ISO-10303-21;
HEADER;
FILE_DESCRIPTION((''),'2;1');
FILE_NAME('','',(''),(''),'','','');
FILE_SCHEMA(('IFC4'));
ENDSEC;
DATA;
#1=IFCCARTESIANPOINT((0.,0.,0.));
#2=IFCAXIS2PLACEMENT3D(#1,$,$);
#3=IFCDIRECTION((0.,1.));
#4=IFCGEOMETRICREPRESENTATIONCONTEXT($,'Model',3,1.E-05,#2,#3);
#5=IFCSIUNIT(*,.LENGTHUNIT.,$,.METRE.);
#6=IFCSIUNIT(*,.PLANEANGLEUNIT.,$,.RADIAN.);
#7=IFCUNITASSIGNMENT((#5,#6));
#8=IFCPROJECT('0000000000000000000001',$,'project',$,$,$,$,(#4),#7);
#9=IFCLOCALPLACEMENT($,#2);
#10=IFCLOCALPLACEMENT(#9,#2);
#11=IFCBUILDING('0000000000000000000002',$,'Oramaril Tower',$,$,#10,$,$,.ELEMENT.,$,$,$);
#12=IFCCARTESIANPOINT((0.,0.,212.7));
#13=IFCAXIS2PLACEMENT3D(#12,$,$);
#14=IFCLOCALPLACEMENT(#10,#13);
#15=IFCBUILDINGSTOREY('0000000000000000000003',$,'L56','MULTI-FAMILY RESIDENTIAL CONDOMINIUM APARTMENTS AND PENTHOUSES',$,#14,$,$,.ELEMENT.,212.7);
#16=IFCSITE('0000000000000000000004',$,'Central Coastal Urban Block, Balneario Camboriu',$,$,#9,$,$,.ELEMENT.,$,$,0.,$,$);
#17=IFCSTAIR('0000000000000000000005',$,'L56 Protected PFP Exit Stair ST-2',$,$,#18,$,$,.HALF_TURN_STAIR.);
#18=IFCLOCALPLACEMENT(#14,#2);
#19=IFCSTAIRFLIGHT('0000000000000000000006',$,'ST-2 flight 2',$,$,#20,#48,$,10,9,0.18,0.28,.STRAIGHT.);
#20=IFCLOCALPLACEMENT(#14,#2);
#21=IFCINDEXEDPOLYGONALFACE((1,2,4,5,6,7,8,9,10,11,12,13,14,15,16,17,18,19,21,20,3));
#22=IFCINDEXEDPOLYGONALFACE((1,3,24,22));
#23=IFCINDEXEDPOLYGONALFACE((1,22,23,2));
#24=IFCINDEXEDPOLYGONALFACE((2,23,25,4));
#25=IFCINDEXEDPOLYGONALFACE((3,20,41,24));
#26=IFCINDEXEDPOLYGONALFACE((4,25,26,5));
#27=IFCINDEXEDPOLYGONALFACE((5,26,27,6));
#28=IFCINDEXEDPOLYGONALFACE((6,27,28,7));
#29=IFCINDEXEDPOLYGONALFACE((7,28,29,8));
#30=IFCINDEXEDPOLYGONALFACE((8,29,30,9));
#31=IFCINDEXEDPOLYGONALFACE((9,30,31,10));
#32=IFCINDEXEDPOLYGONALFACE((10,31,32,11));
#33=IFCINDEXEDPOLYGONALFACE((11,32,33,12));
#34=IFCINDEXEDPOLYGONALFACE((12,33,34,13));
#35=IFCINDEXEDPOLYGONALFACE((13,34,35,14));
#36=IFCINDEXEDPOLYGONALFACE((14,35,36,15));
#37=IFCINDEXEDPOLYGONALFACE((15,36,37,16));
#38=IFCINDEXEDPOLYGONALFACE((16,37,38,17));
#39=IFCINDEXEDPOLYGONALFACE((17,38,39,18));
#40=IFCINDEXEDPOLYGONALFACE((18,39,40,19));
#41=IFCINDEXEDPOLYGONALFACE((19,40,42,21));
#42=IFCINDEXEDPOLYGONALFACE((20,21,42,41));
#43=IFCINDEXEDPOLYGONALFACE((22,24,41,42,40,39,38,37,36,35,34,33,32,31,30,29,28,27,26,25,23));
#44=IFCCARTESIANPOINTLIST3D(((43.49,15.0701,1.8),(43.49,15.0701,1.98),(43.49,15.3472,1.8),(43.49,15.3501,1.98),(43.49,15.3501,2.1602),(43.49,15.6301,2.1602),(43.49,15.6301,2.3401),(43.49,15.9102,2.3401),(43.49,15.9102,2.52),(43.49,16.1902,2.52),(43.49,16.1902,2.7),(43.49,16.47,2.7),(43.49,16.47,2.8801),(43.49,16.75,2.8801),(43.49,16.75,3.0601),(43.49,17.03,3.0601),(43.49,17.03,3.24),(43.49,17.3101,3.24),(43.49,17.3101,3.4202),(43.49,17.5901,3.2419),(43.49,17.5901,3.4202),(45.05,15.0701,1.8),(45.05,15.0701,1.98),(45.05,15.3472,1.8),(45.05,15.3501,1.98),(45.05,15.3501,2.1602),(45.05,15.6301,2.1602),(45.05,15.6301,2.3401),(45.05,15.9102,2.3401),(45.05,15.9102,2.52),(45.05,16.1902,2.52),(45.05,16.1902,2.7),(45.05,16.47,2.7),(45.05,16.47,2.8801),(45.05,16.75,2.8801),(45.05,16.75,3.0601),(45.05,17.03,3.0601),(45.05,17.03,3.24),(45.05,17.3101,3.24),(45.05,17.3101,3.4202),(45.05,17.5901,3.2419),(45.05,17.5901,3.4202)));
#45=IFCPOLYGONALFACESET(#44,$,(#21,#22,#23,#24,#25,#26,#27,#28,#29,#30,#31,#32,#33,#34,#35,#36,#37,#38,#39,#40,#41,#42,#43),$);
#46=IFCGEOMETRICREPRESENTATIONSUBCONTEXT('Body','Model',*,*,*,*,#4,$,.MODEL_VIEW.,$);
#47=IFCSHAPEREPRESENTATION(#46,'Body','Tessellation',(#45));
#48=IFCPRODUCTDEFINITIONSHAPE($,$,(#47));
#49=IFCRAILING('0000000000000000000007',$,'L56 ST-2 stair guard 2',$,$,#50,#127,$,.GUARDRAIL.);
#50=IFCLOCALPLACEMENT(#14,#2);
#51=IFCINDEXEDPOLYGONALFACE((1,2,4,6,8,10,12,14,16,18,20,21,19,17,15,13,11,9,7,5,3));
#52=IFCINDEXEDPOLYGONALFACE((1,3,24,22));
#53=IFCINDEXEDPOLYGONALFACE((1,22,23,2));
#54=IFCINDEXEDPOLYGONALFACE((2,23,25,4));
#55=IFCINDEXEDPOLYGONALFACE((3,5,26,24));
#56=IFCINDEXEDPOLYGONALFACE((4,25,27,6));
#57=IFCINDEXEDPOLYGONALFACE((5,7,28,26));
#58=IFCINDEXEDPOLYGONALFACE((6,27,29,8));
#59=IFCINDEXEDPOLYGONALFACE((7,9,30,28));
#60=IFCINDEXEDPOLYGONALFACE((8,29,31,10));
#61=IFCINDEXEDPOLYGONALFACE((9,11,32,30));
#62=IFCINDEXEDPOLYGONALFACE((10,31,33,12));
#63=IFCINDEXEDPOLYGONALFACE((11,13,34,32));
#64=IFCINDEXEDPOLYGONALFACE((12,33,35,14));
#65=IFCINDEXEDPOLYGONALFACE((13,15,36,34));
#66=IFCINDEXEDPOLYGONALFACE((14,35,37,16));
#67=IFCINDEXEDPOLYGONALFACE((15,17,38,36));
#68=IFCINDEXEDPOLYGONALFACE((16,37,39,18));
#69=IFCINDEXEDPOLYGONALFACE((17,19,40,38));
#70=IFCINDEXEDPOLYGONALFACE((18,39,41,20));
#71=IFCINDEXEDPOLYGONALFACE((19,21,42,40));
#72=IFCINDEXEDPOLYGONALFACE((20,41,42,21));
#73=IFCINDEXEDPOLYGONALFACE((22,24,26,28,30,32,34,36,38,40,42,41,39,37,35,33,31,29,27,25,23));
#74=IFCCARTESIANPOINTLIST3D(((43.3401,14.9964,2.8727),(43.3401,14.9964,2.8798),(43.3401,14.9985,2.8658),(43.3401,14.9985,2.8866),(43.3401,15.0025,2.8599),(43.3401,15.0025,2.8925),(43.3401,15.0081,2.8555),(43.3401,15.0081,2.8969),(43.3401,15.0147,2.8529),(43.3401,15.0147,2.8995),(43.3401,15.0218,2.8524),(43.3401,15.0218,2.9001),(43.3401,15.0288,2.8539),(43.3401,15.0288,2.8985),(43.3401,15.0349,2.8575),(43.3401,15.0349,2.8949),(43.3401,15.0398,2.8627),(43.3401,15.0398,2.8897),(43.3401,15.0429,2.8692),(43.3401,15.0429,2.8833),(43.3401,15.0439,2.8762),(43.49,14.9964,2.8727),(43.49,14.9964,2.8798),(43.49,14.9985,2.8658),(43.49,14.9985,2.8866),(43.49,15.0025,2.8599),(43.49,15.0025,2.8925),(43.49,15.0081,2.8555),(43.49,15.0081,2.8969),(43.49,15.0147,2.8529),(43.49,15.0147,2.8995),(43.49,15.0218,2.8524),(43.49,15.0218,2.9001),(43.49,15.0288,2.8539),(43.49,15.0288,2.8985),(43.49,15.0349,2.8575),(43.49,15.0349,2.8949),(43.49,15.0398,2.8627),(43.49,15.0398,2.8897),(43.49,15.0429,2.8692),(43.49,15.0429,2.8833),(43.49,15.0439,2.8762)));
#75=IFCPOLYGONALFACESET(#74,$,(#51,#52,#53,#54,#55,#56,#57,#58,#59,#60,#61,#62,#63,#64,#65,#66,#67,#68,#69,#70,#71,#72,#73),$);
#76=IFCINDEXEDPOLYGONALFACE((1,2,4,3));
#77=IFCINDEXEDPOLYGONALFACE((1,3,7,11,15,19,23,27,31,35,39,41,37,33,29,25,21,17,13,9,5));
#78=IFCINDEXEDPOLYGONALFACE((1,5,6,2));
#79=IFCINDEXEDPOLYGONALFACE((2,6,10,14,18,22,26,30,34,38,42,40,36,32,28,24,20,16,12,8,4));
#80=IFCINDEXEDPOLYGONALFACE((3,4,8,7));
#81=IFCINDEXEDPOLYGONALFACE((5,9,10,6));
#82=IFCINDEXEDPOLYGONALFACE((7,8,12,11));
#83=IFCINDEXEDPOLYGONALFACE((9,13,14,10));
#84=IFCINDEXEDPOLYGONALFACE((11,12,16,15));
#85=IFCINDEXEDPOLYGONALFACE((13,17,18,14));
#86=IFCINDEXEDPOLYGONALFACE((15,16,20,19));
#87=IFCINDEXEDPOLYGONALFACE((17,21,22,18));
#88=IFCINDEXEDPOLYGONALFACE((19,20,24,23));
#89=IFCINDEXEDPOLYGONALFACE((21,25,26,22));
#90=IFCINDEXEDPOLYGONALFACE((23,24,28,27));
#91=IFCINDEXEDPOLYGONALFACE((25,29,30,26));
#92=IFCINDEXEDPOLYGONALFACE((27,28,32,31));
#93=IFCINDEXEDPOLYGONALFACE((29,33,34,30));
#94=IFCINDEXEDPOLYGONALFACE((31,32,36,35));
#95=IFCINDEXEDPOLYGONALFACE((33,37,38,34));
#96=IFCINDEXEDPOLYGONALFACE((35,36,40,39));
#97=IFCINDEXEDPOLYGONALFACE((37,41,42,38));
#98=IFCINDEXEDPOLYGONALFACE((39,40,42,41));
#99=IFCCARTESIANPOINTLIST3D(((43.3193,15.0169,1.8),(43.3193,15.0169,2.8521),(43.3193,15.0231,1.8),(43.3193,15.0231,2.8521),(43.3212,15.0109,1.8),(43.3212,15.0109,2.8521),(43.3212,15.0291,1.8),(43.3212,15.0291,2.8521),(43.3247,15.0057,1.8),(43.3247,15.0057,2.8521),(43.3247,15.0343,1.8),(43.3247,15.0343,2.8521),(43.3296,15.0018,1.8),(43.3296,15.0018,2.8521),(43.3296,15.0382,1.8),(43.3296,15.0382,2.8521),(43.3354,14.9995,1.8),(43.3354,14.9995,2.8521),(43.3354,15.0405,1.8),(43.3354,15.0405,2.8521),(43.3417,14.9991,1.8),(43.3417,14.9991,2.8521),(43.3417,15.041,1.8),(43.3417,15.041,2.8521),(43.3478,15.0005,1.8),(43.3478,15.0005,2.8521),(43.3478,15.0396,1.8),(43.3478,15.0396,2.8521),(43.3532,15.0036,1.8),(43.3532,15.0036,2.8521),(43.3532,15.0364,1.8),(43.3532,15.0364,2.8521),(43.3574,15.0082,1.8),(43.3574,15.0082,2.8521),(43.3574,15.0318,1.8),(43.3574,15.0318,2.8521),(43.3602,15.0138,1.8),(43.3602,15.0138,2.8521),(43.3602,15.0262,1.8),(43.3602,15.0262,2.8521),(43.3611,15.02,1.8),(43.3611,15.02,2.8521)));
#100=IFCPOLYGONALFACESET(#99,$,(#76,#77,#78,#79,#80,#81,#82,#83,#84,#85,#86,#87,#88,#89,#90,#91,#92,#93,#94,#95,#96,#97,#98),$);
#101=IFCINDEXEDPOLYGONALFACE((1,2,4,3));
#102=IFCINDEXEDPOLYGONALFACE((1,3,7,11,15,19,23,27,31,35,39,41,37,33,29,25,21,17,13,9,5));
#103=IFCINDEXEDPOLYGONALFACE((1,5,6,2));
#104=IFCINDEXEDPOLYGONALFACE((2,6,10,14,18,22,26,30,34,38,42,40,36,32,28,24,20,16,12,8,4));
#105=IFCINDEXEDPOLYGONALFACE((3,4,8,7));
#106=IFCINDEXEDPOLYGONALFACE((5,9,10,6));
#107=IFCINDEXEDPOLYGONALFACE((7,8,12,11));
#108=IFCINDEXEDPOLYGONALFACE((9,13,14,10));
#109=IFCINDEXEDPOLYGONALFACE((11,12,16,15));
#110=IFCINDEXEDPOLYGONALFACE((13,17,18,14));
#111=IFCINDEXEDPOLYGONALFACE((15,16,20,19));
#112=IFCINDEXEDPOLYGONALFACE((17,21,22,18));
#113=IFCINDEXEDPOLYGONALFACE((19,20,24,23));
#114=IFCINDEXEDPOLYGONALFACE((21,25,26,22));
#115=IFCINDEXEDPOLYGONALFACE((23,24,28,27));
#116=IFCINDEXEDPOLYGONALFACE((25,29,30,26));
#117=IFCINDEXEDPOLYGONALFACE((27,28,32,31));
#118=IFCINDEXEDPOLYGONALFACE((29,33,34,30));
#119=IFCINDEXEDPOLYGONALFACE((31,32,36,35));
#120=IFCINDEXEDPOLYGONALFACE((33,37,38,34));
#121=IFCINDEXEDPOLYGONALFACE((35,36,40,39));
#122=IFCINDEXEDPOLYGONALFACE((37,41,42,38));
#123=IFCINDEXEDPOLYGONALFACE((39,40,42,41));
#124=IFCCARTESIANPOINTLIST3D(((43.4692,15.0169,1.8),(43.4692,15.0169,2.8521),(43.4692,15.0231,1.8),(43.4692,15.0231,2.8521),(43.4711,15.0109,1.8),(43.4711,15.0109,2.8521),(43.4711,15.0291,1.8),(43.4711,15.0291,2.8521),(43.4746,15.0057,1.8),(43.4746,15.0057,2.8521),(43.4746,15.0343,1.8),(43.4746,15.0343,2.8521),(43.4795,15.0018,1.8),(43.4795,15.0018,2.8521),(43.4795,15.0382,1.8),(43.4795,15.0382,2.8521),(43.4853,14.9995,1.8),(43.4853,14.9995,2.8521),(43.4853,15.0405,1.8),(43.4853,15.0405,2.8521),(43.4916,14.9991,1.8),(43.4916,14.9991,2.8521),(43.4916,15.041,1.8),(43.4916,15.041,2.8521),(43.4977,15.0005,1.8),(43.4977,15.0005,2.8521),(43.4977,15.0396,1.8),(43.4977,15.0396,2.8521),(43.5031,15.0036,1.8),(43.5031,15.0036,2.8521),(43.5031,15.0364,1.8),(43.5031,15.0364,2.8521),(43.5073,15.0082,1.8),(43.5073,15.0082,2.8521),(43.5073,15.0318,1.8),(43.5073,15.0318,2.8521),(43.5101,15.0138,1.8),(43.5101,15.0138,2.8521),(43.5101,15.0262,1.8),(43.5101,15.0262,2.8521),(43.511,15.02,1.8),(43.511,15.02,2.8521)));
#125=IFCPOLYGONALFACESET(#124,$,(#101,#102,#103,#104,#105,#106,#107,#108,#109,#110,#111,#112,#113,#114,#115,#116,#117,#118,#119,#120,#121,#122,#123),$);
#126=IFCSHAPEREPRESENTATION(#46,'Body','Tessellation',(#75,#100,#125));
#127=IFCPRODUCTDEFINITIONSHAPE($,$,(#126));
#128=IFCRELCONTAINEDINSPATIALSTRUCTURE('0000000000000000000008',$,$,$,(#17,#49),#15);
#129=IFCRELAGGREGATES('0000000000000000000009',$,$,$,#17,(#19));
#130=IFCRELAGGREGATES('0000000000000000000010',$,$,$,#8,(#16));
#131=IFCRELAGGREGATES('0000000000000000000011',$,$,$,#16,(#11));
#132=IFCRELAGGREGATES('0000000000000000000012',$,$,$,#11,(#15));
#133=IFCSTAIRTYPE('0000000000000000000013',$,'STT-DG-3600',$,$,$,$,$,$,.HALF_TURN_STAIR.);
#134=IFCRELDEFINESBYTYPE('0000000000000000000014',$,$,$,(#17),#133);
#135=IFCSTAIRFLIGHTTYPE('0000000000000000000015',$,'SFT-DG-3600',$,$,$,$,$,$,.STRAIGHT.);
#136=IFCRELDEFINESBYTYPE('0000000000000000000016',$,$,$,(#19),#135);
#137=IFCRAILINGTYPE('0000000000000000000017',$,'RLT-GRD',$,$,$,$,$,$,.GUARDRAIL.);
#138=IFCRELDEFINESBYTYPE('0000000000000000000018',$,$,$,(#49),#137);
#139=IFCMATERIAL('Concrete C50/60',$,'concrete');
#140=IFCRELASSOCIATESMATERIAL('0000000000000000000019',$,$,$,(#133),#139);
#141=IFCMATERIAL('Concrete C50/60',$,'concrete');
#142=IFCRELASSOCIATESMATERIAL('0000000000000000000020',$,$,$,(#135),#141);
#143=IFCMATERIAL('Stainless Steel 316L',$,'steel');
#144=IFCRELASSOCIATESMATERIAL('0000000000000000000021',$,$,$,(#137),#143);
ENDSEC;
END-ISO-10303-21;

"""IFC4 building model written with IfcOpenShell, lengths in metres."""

from ifc_helpers import new_model, si_unit, direction, frame, origin, origin_2d, place, context, subcontext, project, spatial, polyline, circle, outline, extrude, material, type_object, element, aggregate, save


model = new_model("IFC4")

# Units and contexts
model_context = context("Model", 3, precision=1e-05, world=origin(), true_north=direction((0.0, 1.0)))
body_context = subcontext(model_context, "Body", "Model", "MODEL_VIEW")
ifc_project = project(units=[si_unit("LENGTHUNIT", "METRE"), si_unit("PLANEANGLEUNIT", "RADIAN")], contexts=[model_context])

# Site, building, storey
site_placement = place(None, origin())
site = spatial("IfcSite", under=ifc_project, at=site_placement, Name="Central Coastal Urban Block, Balneario Camboriu", CompositionType="ELEMENT", RefElevation=0.0)
building_placement = place(site_placement, origin())
building = spatial("IfcBuilding", under=site, at=building_placement, Name="Oramaril Tower", CompositionType="ELEMENT")
storey_placement = place(building_placement, frame((0.0, 0.0, 212.7)))
storey = spatial("IfcBuildingStorey", under=building, at=storey_placement, Name="L56", Description="MULTI-FAMILY RESIDENTIAL CONDOMINIUM APARTMENTS AND PENTHOUSES", CompositionType="ELEMENT", Elevation=212.7)

# Stair, stair flight
ifc_material_1 = material(Name="Concrete C50/60", Category="concrete")
stair_type = type_object("IfcStairType", Name="STT-DG-3600", PredefinedType="HALF_TURN_STAIR", material=ifc_material_1)
stair_placement = place(storey_placement, origin())
stair = element("IfcStair", 1, at=stair_placement, inside=storey, type_object=stair_type, Name="L56 Protected PFP Exit Stair ST-2", PredefinedType="HALF_TURN_STAIR")
ifc_material_2 = material(Name="Concrete C50/60", Category="concrete")
stair_flight_type = type_object("IfcStairFlightType", Name="SFT-DG-3600", PredefinedType="STRAIGHT", material=ifc_material_2)
stair_flight_placement = place(storey_placement, frame((44.27, 15.0701, 1.8), z_axis=(0.0, 0.0, 1.0), x_axis=(0.0, 1.0, 0.0)))
stair_flight = element("IfcStairFlight", 2, at=stair_flight_placement, type_object=stair_flight_type, Name="ST-2 flight 2", NumberOfRisers=10, NumberOfTreads=9, PredefinedType="STRAIGHT", RiserHeight=0.18, TreadLength=0.28, context=body_context, shape_type="SweptSolid", body=[
    extrude(outline(polyline([(0.0, 0.0), (0.0, 0.1799), (0.28, 0.1799), (0.28, 0.3601), (0.5601, 0.3601), (0.5601, 0.54), (0.8401, 0.54), (0.8401, 0.72), (1.1201, 0.72), (1.1201, 0.8999), (1.3999, 0.8999), (1.3999, 1.0801), (1.6799, 1.0801), (1.6799, 1.26), (1.96, 1.26), (1.96, 1.4399), (2.24, 1.4399), (2.24, 1.6201), (2.52, 1.6201), (2.52, 1.8), (2.52, 1.4419), (0.2771, 0.0), (0.0, 0.0)])), frame((0.0, 0.78, 0.0), z_axis=(0.0, -1.0, 0.0), x_axis=(1.0, 0.0, 0.0)), (0.0, 0.0, 1.0), 1.5601),
])
aggregate(stair, [stair_flight])

# Railing
ifc_material_3 = material(Name="Stainless Steel 316L", Category="steel")
railing_type_1 = type_object("IfcRailingType", Name="RLT-GRD", PredefinedType="GUARDRAIL", material=ifc_material_3)
railing_1_placement = place(storey_placement, frame((43.3401, 15.02, 1.8)))
element("IfcRailing", 3, at=railing_1_placement, inside=storey, type_object=railing_type_1, Name="L56 ST-2 stair guard 2", PredefinedType="GUARDRAIL", context=body_context, shape_type="SweptSolid", body=[
    extrude(circle(Radius=0.0239, at=origin_2d()), frame((0.0, 0.0, 1.0762), z_axis=(1.0, 0.0, 0.0), x_axis=(0.0, 1.0, 0.0)), (0.0, 0.0, 1.0), 0.1499),
    extrude(circle(Radius=0.021, at=origin_2d()), origin(), (0.0, 0.0, 1.0), 1.052),
    extrude(circle(Radius=0.021, at=origin_2d()), frame((0.1499, 0.0, 0.0)), (0.0, 0.0, 1.0), 1.052),
])

save(model, "model.ifc")
